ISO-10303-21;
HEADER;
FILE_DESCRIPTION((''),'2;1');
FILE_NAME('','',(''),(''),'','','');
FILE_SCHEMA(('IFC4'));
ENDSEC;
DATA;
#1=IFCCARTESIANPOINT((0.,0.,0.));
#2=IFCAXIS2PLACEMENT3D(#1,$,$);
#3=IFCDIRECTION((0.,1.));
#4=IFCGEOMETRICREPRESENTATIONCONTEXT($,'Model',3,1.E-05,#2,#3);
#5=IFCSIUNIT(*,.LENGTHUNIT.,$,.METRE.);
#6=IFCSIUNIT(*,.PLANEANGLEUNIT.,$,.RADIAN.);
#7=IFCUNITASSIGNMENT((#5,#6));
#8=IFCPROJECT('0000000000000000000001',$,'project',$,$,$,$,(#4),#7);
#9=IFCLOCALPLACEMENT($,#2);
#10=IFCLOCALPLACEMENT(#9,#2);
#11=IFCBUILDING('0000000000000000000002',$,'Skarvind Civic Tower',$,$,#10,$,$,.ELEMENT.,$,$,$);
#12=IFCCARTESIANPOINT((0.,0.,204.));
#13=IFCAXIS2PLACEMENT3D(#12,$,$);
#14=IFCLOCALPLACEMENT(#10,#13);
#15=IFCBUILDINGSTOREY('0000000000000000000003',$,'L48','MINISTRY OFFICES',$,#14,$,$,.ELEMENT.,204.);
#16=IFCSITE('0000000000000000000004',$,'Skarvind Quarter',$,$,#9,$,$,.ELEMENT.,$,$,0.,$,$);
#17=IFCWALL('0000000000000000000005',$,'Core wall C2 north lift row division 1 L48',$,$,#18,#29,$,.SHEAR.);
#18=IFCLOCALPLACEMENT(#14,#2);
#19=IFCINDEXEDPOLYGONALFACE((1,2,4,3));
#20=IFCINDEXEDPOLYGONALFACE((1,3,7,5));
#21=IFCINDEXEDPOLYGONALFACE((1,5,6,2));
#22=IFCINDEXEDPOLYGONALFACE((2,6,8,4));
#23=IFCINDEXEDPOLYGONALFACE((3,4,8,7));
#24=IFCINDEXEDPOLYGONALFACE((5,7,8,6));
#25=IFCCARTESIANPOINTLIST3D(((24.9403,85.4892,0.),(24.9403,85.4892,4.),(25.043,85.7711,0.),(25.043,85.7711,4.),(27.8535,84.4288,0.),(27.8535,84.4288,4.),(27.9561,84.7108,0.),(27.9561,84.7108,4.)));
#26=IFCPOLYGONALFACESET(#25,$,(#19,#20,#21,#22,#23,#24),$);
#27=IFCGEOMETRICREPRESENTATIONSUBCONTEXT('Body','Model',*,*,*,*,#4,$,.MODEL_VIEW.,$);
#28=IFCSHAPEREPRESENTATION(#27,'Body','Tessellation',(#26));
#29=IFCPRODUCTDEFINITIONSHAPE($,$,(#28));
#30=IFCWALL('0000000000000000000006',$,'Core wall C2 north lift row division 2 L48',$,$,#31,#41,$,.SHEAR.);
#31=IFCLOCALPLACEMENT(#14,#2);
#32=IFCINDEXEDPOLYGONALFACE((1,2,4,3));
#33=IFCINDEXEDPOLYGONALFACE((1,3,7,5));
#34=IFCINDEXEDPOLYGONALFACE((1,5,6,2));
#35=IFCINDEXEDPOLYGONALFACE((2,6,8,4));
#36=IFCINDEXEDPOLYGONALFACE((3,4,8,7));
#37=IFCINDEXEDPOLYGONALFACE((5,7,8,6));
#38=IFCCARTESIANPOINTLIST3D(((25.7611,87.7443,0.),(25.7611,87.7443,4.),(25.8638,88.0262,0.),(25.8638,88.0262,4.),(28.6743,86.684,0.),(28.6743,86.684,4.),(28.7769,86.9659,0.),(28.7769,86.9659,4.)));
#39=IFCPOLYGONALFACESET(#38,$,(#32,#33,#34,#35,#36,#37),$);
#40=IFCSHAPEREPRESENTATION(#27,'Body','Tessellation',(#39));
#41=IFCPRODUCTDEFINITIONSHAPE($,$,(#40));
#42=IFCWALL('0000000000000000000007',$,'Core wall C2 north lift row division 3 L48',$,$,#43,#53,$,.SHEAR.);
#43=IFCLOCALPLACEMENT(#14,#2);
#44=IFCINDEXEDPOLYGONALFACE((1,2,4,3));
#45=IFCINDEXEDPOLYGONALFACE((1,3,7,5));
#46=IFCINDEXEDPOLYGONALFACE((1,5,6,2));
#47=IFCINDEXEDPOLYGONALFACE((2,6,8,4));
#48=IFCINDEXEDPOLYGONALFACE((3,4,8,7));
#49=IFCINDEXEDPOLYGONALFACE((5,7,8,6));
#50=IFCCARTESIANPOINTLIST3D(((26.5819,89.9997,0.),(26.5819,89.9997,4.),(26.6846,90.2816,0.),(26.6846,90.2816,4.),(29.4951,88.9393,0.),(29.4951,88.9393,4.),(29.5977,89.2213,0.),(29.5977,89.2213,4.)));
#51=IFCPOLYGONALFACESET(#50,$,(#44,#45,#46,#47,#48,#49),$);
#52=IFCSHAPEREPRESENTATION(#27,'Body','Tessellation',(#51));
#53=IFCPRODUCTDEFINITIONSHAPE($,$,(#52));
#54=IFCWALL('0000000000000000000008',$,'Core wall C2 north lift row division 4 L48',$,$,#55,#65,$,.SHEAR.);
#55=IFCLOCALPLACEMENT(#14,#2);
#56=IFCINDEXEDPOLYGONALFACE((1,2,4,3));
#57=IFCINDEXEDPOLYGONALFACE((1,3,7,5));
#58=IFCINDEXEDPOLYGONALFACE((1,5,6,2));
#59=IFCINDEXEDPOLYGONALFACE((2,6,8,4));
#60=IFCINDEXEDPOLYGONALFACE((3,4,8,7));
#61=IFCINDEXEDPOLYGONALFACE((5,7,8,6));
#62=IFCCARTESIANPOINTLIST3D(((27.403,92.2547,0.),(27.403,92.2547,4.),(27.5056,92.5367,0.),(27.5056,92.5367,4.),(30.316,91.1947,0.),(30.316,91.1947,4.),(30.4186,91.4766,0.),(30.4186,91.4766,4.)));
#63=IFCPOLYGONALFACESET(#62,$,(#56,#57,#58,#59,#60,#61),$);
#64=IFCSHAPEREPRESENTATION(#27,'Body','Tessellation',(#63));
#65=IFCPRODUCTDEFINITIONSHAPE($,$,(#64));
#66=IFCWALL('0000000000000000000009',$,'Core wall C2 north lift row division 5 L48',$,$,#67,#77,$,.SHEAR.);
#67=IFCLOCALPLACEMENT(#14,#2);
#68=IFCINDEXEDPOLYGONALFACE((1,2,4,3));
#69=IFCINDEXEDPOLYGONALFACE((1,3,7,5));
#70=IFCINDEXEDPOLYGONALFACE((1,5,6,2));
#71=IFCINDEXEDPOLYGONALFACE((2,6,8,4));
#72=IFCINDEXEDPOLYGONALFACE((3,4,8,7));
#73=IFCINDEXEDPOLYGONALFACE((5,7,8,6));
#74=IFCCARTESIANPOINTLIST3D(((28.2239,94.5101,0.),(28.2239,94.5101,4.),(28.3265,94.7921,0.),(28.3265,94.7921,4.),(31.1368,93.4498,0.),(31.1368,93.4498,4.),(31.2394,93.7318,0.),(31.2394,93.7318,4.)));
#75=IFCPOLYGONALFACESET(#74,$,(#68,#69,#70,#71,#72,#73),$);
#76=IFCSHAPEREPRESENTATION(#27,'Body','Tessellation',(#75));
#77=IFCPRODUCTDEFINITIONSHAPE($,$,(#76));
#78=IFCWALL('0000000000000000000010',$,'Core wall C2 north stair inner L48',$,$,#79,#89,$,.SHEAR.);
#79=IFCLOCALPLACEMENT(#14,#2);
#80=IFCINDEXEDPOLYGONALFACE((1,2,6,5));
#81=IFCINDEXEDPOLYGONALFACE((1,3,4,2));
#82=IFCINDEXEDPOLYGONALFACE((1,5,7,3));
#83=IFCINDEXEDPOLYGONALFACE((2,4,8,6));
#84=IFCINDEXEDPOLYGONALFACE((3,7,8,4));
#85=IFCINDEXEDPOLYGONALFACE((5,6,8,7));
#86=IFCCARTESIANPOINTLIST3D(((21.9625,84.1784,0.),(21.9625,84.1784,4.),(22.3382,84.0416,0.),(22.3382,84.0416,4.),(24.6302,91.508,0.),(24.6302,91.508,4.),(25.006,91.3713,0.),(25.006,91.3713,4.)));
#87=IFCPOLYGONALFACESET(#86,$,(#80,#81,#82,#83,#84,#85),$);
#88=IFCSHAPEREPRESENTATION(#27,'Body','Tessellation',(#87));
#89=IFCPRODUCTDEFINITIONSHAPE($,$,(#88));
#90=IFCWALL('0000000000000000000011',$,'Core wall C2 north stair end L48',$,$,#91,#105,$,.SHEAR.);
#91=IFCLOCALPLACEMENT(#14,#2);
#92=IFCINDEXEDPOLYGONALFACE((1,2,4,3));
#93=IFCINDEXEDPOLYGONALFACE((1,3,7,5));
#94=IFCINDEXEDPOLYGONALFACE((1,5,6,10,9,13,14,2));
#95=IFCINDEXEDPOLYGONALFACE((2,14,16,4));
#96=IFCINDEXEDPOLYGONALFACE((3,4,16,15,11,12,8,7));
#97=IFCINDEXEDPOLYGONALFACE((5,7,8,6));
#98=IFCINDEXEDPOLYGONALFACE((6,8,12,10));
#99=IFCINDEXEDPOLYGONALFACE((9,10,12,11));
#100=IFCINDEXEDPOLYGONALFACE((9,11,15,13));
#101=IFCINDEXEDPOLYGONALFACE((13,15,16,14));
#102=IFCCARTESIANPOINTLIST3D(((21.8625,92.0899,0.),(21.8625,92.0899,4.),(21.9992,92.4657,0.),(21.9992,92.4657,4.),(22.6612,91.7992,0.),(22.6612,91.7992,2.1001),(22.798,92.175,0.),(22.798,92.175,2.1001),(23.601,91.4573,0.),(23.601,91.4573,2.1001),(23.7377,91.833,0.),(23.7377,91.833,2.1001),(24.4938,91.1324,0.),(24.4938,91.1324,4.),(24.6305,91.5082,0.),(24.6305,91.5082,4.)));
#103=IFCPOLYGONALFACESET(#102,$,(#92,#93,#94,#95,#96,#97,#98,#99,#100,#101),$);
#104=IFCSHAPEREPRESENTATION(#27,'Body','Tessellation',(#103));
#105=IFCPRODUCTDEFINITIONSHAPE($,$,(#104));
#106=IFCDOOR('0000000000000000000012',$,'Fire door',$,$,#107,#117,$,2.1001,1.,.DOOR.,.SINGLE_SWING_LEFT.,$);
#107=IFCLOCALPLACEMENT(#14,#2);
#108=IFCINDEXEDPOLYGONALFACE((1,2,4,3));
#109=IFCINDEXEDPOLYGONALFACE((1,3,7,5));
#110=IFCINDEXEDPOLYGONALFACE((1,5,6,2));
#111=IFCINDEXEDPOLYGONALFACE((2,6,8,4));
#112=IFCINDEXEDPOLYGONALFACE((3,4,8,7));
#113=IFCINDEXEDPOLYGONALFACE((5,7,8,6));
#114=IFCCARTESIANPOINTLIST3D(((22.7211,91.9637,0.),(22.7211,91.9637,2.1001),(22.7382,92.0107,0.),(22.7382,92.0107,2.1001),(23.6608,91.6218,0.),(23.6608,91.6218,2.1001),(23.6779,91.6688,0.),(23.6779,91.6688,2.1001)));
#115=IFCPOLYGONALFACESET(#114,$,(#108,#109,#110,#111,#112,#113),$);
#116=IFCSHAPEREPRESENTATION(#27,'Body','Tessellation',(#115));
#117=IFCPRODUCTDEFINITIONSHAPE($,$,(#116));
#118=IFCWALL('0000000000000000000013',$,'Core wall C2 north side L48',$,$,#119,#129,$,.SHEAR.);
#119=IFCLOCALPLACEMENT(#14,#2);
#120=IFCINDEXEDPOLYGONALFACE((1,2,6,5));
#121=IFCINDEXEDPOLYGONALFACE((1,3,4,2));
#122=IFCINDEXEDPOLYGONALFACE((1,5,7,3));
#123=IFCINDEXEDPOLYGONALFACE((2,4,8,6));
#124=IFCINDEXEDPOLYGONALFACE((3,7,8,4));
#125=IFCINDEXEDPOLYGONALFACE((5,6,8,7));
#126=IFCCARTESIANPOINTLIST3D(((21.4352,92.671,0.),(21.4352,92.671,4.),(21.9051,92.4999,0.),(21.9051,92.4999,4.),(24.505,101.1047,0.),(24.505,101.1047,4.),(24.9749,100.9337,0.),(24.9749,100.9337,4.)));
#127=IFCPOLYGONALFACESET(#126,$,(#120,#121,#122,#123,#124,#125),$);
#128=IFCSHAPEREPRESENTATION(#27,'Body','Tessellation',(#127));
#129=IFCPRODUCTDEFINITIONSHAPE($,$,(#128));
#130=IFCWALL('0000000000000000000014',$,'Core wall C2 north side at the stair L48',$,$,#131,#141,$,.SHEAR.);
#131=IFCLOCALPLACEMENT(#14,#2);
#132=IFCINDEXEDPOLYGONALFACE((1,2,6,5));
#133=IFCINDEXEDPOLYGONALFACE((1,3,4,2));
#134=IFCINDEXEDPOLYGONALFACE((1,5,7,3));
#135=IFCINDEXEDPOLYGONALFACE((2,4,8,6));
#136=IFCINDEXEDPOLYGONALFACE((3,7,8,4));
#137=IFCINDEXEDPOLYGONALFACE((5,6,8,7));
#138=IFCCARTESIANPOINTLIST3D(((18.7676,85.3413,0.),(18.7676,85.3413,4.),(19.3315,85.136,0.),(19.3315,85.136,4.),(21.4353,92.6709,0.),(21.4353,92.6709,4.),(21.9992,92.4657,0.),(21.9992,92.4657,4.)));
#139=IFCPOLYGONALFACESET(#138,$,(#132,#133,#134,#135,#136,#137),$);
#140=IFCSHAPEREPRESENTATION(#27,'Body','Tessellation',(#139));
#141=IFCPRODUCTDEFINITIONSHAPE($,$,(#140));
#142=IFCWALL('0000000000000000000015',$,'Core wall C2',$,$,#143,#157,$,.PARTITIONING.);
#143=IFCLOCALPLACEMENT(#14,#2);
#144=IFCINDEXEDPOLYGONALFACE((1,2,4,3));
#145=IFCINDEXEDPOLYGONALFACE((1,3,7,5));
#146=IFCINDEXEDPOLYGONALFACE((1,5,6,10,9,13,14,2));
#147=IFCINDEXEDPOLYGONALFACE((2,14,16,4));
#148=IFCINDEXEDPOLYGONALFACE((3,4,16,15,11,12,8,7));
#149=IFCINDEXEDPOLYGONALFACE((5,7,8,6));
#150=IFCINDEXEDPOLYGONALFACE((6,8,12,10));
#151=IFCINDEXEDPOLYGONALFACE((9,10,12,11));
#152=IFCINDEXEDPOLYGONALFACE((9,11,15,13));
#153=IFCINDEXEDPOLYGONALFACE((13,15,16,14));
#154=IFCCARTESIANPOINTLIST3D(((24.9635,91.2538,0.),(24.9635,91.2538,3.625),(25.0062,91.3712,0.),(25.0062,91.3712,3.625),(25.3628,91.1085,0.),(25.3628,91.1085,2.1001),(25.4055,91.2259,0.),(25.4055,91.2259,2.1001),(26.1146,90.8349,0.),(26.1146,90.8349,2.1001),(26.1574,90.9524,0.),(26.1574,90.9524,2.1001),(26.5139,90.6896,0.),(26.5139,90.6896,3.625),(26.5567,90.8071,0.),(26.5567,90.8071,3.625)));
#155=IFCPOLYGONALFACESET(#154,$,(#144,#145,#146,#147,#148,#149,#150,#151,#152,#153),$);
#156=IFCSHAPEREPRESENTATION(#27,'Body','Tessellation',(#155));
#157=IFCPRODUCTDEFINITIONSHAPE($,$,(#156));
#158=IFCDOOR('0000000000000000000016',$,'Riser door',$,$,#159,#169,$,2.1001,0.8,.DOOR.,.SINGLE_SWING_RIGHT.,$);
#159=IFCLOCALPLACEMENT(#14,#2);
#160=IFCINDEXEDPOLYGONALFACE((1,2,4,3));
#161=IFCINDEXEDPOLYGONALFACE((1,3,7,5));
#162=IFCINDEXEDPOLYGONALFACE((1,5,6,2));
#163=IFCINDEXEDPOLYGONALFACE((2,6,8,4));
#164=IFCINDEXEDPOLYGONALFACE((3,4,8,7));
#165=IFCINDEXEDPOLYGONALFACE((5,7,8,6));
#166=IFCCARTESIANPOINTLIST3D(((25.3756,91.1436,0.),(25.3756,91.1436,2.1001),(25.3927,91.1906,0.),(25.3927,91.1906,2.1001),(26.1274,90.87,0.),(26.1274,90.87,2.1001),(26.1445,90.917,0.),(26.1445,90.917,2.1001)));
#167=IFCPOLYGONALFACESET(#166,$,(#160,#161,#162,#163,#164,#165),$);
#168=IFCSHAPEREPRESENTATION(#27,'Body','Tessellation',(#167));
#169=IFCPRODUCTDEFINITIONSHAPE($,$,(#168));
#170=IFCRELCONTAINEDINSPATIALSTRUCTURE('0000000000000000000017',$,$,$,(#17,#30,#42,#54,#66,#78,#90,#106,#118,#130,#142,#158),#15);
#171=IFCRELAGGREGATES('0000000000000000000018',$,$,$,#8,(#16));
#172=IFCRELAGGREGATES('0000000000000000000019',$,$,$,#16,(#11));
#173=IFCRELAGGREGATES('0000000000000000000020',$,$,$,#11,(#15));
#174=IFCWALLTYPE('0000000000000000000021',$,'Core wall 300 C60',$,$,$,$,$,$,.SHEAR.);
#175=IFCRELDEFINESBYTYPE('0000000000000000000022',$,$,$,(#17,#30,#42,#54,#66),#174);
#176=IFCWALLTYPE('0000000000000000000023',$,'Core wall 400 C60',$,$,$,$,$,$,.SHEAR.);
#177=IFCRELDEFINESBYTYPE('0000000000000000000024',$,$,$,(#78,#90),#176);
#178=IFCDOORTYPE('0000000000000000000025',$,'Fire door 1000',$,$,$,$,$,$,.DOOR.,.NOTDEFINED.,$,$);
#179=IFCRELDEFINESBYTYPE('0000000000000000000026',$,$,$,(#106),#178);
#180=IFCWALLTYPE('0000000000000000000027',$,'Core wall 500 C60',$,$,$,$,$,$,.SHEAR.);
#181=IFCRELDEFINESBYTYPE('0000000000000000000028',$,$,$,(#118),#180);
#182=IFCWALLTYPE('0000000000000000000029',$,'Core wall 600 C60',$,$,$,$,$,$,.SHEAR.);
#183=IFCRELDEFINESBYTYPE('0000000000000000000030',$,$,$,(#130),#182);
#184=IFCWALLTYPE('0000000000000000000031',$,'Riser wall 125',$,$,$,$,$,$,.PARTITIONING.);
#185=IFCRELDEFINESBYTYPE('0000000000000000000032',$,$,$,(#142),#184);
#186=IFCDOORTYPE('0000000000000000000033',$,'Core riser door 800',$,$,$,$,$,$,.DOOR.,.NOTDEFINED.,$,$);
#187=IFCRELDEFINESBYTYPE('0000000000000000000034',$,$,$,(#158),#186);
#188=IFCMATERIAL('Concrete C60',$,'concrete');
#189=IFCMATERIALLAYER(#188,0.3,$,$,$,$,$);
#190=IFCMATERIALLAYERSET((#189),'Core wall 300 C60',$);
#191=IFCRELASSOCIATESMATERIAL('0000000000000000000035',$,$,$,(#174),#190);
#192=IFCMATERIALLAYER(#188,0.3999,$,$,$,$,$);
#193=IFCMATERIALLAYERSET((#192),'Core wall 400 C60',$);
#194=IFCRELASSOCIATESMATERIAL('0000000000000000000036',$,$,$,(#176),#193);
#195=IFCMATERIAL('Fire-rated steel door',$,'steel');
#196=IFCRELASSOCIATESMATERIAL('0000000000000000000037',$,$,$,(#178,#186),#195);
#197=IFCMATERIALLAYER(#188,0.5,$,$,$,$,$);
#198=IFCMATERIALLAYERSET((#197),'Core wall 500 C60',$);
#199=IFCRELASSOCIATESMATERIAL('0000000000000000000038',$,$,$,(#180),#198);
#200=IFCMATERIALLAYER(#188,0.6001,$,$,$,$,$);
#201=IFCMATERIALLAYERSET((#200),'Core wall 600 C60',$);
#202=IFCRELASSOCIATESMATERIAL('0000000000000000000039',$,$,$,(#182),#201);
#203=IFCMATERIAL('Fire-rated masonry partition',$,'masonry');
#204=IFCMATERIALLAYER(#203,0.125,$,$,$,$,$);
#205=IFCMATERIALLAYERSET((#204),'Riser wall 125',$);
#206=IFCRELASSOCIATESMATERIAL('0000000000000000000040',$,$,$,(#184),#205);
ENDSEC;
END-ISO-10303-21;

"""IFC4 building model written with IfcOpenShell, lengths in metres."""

from ifc_helpers import new_model, si_unit, direction, frame, frame_2d, origin, place, context, subcontext, project, spatial, rectangle, extrude, material, layer, layer_set, type_object, element, fill, save


model = new_model("IFC4")

# Units and contexts
model_context = context("Model", 3, precision=1e-05, world=origin(), true_north=direction((0.0, 1.0)))
body_context = subcontext(model_context, "Body", "Model", "MODEL_VIEW")
ifc_project = project(units=[si_unit("LENGTHUNIT", "METRE"), si_unit("PLANEANGLEUNIT", "RADIAN")], contexts=[model_context])

# Site, building, storey
site_placement = place(None, origin())
site = spatial("IfcSite", under=ifc_project, at=site_placement, Name="Skarvind Quarter", CompositionType="ELEMENT", RefElevation=0.0)
building_placement = place(site_placement, origin())
building = spatial("IfcBuilding", under=site, at=building_placement, Name="Skarvind Civic Tower", CompositionType="ELEMENT")
storey_placement = place(building_placement, frame((0.0, 0.0, 204.0)))
storey = spatial("IfcBuildingStorey", under=building, at=storey_placement, Name="L48", Description="MINISTRY OFFICES", CompositionType="ELEMENT", Elevation=204.0)

# Walls
ifc_material_1 = material(Name="Concrete C60", Category="concrete")
ifc_layer_1 = layer(ifc_material_1, 0.3)
ifc_layer_set_1 = layer_set([ifc_layer_1], Name="Core wall 300 C60")
wall_type_1 = type_object("IfcWallType", Name="Core wall 300 C60", PredefinedType="SHEAR", material=ifc_layer_set_1)
for number, where, z_axis, x_axis, name in (
    (1, (27.9048, 84.5698, 0.0), (0.0, 0.0, 1.0), (-0.93969, 0.342028, 0.0), "Core wall C2 north lift row division 1 L48"),
    (2, (28.7256, 86.825, 0.0), (0.0, 0.0, 1.0), (-0.93969, 0.342028, 0.0), "Core wall C2 north lift row division 2 L48"),
    (3, (29.5464, 89.0803, 0.0), (0.0, 0.0, 1.0), (-0.93969, 0.342028, 0.0), "Core wall C2 north lift row division 3 L48"),
):
    element("IfcWall", number, at=place(storey_placement, frame(where, z_axis=z_axis, x_axis=x_axis)), inside=storey, type_object=wall_type_1, Name=name, PredefinedType="SHEAR", context=body_context, shape_type="SweptSolid", body=[
        extrude(rectangle(XDim=3.1001, YDim=0.3, at=frame_2d((1.55, 0.0))), origin(), (0.0, 0.0, 1.0), 4.0),
    ])
for number, where, z_axis, x_axis, name in (
    (4, (30.3672, 91.3357, 0.0), (0.0, 0.0, 1.0), (-0.939715, 0.341958, 0.0), "Core wall C2 north lift row division 4 L48"),
    (5, (31.188, 93.5908, 0.0), (0.0, 0.0, 1.0), (-0.939681, 0.342053, 0.0), "Core wall C2 north lift row division 5 L48"),
):
    element("IfcWall", number, at=place(storey_placement, frame(where, z_axis=z_axis, x_axis=x_axis)), inside=storey, type_object=wall_type_1, Name=name, PredefinedType="SHEAR", context=body_context, shape_type="SweptSolid", body=[
        extrude(rectangle(XDim=3.0999, YDim=0.3, at=frame_2d((1.5498, 0.0))), origin(), (0.0, 0.0, 1.0), 4.0),
    ])
ifc_layer_2 = layer(ifc_material_1, 0.3999)
ifc_layer_set_2 = layer_set([ifc_layer_2], Name="Core wall 400 C60")
wall_type_2 = type_object("IfcWallType", Name="Core wall 400 C60", PredefinedType="SHEAR", material=ifc_layer_set_2)
wall_1_placement = place(storey_placement, frame((22.1504, 84.1101, 0.0), z_axis=(0.0, 0.0, 1.0), x_axis=(0.342017, 0.939694, 0.0)))
element("IfcWall", 6, at=wall_1_placement, inside=storey, type_object=wall_type_2, Name="Core wall C2 north stair inner L48", PredefinedType="SHEAR", context=body_context, shape_type="SweptSolid", body=[
    extrude(rectangle(XDim=7.8, YDim=0.3999, at=frame_2d((3.8999, 0.0))), origin(), (0.0, 0.0, 1.0), 4.0),
])

# Wall, opening, door
wall_2_placement = place(storey_placement, frame((24.562, 91.3203, 0.0), z_axis=(0.0, 0.0, 1.0), x_axis=(-0.939717, 0.341953, 0.0)))
wall_2 = element("IfcWall", 7, at=wall_2_placement, inside=storey, type_object=wall_type_2, Name="Core wall C2 north stair end L48", PredefinedType="SHEAR", context=body_context, shape_type="SweptSolid", body=[
    extrude(rectangle(XDim=2.8, YDim=0.3999, at=frame_2d((1.3999, 0.0))), origin(), (0.0, 0.0, 1.0), 4.0),
])
opening_1_placement = place(wall_2_placement, frame((0.95, 0.0, 0.0)))
opening_1 = element("IfcOpeningElement", 8, at=opening_1_placement, cuts=wall_2, PredefinedType="OPENING", context=body_context, shape_type="SweptSolid", body=[
    extrude(rectangle(XDim=1.0, YDim=2.1001, at=frame_2d((0.5, 1.05))), frame((0.0, 0.21, 0.0), z_axis=(0.0, -1.0, 0.0), x_axis=(1.0, 0.0, 0.0)), (0.0, 0.0, 1.0), 0.4199),
])
ifc_material_2 = material(Name="Fire-rated steel door", Category="steel")
door_type_1 = type_object("IfcDoorType", Name="Fire door 1000", OperationType="NOTDEFINED", PredefinedType="DOOR", material=ifc_material_2)
door_1_placement = place(opening_1_placement, origin())
door_1 = element("IfcDoor", 9, at=door_1_placement, inside=storey, type_object=door_type_1, Name="Fire door", OperationType="SINGLE_SWING_LEFT", OverallHeight=2.1001, OverallWidth=1.0, PredefinedType="DOOR", context=body_context, shape_type="SweptSolid", body=[
    extrude(rectangle(XDim=1.0, YDim=2.1001, at=frame_2d((0.5, 1.05))), frame((0.0, 0.0249, 0.0), z_axis=(0.0, -1.0, 0.0), x_axis=(1.0, 0.0, 0.0)), (0.0, 0.0, 1.0), 0.05),
])
fill(opening_1, door_1)

# Walls
ifc_layer_3 = layer(ifc_material_1, 0.5)
ifc_layer_set_3 = layer_set([ifc_layer_3], Name="Core wall 500 C60")
wall_type_3 = type_object("IfcWallType", Name="Core wall 500 C60", PredefinedType="SHEAR", material=ifc_layer_set_3)
wall_3_placement = place(storey_placement, frame((21.6702, 92.5854, 0.0), z_axis=(0.0, 0.0, 1.0), x_axis=(0.342036, 0.939687, 0.0)))
element("IfcWall", 10, at=wall_3_placement, inside=storey, type_object=wall_type_3, Name="Core wall C2 north side L48", PredefinedType="SHEAR", context=body_context, shape_type="SweptSolid", body=[
    extrude(rectangle(XDim=8.9751, YDim=0.5, at=frame_2d((4.4875, 0.0))), origin(), (0.0, 0.0, 1.0), 4.0),
])
ifc_layer_4 = layer(ifc_material_1, 0.6001)
ifc_layer_set_4 = layer_set([ifc_layer_4], Name="Core wall 600 C60")
wall_type_4 = type_object("IfcWallType", Name="Core wall 600 C60", PredefinedType="SHEAR", material=ifc_layer_set_4)
wall_4_placement = place(storey_placement, frame((19.0496, 85.2388, 0.0), z_axis=(0.0, 0.0, 1.0), x_axis=(0.342017, 0.939694, 0.0)))
element("IfcWall", 11, at=wall_4_placement, inside=storey, type_object=wall_type_4, Name="Core wall C2 north side at the stair L48", PredefinedType="SHEAR", context=body_context, shape_type="SweptSolid", body=[
    extrude(rectangle(XDim=7.8, YDim=0.6001, at=frame_2d((3.8999, 0.0))), origin(), (0.0, 0.0, 1.0), 4.0),
])

# Wall, opening, door
ifc_material_3 = material(Name="Fire-rated masonry partition", Category="masonry")
ifc_layer_5 = layer(ifc_material_3, 0.125)
ifc_layer_set_5 = layer_set([ifc_layer_5], Name="Riser wall 125")
wall_type_5 = type_object("IfcWallType", Name="Riser wall 125", PredefinedType="PARTITIONING", material=ifc_layer_set_5)
wall_5_placement = place(storey_placement, frame((24.9849, 91.3125, 0.0), z_axis=(0.0, 0.0, 1.0), x_axis=(0.93972, -0.341945, 0.0)))
wall_5 = element("IfcWall", 12, at=wall_5_placement, inside=storey, type_object=wall_type_5, Name="Core wall C2", PredefinedType="PARTITIONING", context=body_context, shape_type="SweptSolid", body=[
    extrude(rectangle(XDim=1.6499, YDim=0.125, at=frame_2d((0.825, 0.0))), origin(), (0.0, 0.0, 1.0), 3.625),
])
opening_2_placement = place(wall_5_placement, frame((0.425, 0.0, 0.0)))
opening_2 = element("IfcOpeningElement", 13, at=opening_2_placement, cuts=wall_5, PredefinedType="OPENING", context=body_context, shape_type="SweptSolid", body=[
    extrude(rectangle(XDim=0.8, YDim=2.1001, at=frame_2d((0.3999, 1.05))), frame((0.0, 0.0725, 0.0), z_axis=(0.0, -1.0, 0.0), x_axis=(1.0, 0.0, 0.0)), (0.0, 0.0, 1.0), 0.145),
])
door_type_2 = type_object("IfcDoorType", Name="Core riser door 800", OperationType="NOTDEFINED", PredefinedType="DOOR", material=ifc_material_2)
door_2_placement = place(opening_2_placement, origin())
door_2 = element("IfcDoor", 14, at=door_2_placement, inside=storey, type_object=door_type_2, Name="Riser door", OperationType="SINGLE_SWING_RIGHT", OverallHeight=2.1001, OverallWidth=0.8, PredefinedType="DOOR", context=body_context, shape_type="SweptSolid", body=[
    extrude(rectangle(XDim=0.8, YDim=2.1001, at=frame_2d((0.3999, 1.05))), frame((0.0, 0.0249, 0.0), z_axis=(0.0, -1.0, 0.0), x_axis=(1.0, 0.0, 0.0)), (0.0, 0.0, 1.0), 0.05),
])
fill(opening_2, door_2)

save(model, "model.ifc")
